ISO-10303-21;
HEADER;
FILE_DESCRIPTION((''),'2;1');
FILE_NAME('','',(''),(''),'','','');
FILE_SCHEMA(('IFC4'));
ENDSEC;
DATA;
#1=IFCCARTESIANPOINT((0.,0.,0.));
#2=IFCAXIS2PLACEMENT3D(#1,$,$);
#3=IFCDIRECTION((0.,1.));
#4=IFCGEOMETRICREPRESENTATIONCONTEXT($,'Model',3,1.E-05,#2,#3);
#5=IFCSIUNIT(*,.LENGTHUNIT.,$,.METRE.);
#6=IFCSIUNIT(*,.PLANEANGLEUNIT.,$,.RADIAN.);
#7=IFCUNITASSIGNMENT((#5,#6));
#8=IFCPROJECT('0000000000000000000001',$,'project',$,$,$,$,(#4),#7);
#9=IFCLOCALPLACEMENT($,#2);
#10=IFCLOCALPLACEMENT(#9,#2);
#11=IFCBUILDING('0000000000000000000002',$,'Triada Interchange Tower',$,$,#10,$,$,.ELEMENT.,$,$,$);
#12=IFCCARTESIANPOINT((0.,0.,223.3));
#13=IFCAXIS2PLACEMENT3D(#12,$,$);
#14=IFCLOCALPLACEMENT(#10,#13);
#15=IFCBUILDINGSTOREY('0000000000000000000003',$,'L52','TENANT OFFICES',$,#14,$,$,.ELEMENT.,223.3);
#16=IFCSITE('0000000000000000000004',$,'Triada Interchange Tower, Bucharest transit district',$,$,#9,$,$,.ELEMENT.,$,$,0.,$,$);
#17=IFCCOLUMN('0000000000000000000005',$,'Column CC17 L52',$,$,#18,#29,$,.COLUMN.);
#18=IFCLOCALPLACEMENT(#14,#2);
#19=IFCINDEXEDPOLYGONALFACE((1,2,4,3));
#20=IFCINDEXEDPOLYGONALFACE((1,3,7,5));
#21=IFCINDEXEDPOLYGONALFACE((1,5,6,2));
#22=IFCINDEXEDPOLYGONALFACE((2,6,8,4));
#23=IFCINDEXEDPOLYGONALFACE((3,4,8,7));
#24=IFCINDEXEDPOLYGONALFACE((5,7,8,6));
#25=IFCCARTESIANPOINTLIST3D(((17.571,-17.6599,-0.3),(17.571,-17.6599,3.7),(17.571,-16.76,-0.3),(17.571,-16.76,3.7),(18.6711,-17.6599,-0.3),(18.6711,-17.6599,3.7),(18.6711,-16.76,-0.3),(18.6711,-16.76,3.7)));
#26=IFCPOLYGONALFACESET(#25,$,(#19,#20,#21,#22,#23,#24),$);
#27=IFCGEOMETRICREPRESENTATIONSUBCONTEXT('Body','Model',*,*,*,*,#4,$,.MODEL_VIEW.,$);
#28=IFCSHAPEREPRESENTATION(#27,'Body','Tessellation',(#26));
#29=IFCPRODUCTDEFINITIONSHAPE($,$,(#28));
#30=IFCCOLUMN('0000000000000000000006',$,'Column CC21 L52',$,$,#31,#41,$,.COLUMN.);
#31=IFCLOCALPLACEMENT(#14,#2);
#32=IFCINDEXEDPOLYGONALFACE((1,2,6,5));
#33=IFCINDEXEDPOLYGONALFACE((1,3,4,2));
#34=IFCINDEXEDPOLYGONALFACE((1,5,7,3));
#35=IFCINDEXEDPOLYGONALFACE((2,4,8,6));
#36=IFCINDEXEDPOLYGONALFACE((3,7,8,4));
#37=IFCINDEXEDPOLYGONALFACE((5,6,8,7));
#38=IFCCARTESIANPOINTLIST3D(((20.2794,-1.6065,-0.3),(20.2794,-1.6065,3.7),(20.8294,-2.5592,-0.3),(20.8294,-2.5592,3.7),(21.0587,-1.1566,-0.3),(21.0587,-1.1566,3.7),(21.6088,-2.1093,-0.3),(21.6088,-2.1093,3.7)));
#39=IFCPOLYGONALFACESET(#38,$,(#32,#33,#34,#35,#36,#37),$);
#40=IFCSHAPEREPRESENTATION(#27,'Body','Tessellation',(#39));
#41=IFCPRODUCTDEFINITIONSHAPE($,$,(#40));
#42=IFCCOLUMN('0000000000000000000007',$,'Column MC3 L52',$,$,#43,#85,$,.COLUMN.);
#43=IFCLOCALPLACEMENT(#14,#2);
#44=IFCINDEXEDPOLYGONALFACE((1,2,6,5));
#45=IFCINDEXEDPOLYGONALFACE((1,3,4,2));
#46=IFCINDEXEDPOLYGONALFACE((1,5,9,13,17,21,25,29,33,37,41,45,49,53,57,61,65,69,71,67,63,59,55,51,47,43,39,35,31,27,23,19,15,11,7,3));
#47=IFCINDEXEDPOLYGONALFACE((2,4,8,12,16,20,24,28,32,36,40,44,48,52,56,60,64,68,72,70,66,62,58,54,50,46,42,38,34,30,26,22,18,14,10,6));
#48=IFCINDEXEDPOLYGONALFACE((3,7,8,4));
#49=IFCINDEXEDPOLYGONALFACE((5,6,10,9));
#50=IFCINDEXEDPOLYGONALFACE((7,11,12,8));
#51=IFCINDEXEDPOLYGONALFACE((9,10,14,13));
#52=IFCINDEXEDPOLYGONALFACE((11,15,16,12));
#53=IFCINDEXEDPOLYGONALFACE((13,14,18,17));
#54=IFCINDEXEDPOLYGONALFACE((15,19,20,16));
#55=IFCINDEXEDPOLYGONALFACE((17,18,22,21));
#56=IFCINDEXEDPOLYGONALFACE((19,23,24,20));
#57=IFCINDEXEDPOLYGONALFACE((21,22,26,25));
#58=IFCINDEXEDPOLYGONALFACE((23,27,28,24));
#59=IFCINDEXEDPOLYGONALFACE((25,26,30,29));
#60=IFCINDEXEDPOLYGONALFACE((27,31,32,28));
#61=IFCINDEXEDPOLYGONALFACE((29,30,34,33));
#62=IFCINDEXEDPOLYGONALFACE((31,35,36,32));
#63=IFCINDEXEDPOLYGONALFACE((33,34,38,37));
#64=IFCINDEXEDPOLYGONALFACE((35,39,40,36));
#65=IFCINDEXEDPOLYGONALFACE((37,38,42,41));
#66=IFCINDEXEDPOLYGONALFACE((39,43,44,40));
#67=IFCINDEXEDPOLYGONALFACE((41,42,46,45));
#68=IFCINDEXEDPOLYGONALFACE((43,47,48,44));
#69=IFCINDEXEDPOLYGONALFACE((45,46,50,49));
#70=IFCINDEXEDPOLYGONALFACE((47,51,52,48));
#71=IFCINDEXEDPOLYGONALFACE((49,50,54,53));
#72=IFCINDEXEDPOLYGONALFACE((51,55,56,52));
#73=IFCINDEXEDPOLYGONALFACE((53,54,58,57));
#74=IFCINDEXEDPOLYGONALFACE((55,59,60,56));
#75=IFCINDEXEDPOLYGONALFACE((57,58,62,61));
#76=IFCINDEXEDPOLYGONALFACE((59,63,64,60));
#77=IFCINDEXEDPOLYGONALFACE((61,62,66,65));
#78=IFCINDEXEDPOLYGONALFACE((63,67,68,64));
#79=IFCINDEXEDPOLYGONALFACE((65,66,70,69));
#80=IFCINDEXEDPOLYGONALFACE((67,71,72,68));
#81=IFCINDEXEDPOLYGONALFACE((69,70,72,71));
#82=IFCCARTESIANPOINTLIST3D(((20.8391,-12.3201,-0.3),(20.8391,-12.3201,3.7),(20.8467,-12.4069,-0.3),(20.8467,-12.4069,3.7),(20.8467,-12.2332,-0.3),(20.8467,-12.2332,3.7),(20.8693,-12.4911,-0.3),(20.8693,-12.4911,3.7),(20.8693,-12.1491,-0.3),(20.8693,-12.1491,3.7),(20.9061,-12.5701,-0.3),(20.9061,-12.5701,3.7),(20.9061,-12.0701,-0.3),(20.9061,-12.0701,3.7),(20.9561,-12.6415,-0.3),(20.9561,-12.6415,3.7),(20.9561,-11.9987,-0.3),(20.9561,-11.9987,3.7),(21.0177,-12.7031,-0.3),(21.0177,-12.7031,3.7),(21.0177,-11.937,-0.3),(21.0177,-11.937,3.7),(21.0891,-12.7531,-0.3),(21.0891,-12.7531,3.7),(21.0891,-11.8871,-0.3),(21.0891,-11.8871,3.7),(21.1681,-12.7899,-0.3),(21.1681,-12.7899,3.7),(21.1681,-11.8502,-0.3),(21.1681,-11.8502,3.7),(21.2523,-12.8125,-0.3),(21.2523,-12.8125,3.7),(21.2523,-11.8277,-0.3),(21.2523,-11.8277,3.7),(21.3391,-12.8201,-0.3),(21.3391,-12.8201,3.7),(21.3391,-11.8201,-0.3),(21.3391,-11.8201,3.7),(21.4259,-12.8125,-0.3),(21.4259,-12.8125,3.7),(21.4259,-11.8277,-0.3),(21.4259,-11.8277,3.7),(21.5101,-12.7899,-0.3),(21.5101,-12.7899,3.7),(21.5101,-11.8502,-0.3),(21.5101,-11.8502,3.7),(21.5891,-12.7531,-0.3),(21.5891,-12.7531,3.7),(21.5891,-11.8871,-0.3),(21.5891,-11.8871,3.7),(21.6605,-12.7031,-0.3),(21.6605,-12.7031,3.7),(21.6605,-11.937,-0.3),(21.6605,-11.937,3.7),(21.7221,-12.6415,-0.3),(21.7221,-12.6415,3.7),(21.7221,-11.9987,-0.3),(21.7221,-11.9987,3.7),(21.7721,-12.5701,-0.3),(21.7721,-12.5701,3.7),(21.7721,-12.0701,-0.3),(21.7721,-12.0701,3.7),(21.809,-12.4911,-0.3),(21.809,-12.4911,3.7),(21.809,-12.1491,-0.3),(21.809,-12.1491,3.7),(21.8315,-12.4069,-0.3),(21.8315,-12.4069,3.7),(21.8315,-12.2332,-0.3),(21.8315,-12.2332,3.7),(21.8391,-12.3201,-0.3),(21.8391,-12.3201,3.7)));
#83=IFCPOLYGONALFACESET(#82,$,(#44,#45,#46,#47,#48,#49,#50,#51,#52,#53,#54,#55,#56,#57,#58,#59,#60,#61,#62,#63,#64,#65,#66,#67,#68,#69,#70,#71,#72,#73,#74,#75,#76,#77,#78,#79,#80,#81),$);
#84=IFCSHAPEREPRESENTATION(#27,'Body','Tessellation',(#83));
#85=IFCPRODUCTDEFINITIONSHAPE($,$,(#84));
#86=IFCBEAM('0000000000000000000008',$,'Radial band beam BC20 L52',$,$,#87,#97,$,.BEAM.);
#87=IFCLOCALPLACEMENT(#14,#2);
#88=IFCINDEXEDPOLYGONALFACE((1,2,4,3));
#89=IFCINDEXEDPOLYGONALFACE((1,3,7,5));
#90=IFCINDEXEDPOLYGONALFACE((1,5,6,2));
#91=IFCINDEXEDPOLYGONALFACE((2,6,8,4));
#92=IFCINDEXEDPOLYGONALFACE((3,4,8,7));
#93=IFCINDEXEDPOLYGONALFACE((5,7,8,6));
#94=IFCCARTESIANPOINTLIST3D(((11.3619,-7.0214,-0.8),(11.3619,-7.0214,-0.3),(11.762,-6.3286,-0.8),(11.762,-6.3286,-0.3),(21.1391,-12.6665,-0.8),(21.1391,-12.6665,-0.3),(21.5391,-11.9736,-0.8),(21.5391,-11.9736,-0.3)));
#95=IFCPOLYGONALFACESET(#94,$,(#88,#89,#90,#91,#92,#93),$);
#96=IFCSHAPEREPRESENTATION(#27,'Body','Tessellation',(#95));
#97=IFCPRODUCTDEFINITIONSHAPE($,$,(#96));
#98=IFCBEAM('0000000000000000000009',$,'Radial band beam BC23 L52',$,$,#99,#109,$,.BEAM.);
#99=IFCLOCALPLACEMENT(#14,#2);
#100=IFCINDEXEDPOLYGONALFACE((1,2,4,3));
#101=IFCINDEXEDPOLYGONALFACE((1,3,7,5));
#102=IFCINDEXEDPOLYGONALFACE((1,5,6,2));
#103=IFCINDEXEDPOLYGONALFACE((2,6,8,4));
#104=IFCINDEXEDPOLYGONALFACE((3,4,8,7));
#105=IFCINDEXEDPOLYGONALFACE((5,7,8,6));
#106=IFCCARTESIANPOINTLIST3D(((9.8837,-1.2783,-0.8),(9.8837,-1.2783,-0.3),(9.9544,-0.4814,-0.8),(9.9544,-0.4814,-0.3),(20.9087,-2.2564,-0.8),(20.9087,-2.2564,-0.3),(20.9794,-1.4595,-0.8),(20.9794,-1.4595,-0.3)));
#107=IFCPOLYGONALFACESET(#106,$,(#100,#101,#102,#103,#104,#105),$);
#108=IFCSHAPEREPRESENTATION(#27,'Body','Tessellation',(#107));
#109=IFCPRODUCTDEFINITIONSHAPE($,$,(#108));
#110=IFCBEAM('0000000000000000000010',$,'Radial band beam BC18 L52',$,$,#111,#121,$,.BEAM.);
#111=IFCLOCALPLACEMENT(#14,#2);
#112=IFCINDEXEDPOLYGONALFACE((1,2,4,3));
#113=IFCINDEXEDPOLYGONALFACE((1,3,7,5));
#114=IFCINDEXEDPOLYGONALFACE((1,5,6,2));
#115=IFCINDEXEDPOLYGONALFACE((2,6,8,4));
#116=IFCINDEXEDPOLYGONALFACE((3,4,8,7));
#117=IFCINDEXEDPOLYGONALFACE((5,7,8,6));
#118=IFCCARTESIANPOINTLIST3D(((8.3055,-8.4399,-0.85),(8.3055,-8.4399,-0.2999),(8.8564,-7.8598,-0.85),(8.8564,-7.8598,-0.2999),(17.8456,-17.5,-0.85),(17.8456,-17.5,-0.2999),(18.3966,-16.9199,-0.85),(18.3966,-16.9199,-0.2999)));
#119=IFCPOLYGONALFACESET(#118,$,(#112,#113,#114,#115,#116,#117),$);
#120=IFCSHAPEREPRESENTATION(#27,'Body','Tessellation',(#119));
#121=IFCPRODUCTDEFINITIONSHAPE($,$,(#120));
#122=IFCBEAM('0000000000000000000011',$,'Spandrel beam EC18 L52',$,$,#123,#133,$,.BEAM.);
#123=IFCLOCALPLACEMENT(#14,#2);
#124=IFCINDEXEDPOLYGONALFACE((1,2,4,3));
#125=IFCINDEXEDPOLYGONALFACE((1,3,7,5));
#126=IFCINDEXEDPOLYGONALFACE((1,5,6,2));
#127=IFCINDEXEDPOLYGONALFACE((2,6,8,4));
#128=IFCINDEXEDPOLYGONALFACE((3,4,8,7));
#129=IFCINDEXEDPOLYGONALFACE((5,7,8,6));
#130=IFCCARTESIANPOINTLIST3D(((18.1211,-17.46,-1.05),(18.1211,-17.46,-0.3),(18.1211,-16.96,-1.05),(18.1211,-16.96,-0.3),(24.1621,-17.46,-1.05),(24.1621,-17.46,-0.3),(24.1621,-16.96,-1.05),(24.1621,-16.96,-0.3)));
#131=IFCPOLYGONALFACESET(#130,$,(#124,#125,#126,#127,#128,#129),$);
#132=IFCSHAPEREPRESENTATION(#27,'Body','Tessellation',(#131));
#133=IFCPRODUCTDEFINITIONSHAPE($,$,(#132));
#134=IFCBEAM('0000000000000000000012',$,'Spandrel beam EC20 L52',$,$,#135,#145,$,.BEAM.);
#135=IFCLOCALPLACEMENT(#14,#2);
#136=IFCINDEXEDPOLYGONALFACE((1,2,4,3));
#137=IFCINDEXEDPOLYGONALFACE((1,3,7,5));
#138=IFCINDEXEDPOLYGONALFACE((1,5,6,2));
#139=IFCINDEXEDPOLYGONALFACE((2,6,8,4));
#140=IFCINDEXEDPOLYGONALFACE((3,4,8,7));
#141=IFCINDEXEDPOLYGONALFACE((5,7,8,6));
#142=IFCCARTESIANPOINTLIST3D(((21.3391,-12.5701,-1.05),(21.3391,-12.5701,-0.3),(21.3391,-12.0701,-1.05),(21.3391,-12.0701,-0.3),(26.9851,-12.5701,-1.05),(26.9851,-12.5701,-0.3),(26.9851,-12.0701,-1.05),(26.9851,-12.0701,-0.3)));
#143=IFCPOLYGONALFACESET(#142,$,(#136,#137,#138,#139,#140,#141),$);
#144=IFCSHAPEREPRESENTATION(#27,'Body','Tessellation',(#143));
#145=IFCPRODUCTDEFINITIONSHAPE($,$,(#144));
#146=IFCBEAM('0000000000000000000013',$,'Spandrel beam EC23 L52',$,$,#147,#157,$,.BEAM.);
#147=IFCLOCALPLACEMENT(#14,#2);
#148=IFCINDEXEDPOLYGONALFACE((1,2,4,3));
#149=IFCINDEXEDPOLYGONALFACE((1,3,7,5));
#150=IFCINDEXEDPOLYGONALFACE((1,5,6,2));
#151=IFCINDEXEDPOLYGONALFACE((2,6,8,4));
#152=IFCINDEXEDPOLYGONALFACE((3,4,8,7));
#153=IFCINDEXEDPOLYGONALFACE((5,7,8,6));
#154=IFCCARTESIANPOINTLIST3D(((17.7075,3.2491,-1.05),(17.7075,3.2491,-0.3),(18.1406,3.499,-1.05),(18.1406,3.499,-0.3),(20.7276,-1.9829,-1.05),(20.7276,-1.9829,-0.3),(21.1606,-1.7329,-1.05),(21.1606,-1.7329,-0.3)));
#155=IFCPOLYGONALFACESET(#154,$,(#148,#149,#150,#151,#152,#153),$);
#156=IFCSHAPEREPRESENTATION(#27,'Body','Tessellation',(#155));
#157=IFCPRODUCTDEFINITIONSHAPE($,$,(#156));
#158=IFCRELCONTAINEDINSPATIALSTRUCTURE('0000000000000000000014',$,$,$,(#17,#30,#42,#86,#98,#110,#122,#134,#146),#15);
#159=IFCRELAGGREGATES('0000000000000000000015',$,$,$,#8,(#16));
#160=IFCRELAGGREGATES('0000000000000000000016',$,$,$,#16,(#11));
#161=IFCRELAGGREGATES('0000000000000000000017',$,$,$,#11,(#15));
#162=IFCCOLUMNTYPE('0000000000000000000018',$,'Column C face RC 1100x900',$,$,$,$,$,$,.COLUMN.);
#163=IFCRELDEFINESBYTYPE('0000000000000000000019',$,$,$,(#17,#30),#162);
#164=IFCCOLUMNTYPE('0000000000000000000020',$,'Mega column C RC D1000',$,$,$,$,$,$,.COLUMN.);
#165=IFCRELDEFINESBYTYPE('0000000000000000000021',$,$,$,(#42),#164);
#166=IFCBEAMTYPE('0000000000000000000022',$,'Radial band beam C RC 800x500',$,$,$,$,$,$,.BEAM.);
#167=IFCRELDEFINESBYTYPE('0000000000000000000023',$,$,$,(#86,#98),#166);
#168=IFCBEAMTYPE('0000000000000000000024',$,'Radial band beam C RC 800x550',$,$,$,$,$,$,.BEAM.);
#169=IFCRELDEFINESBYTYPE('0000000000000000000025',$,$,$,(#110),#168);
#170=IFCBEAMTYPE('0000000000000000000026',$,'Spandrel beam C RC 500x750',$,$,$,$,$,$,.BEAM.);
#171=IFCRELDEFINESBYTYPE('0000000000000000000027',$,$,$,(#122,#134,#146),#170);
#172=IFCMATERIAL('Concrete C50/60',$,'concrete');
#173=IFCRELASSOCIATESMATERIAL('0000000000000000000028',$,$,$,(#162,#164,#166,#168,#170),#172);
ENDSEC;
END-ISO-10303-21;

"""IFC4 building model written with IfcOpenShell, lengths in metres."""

from ifc_helpers import new_model, si_unit, direction, frame, origin, origin_2d, place, context, subcontext, project, spatial, rectangle, circle, extrude, material, material_profile, profile_set, type_object, element, save


model = new_model("IFC4")

# Units and contexts
model_context = context("Model", 3, precision=1e-05, world=origin(), true_north=direction((0.0, 1.0)))
body_context = subcontext(model_context, "Body", "Model", "MODEL_VIEW")
ifc_project = project(units=[si_unit("LENGTHUNIT", "METRE"), si_unit("PLANEANGLEUNIT", "RADIAN")], contexts=[model_context])

# Site, building, storey
site_placement = place(None, origin())
site = spatial("IfcSite", under=ifc_project, at=site_placement, Name="Triada Interchange Tower, Bucharest transit district", CompositionType="ELEMENT", RefElevation=0.0)
building_placement = place(site_placement, origin())
building = spatial("IfcBuilding", under=site, at=building_placement, Name="Triada Interchange Tower", CompositionType="ELEMENT")
storey_placement = place(building_placement, frame((0.0, 0.0, 223.3)))
storey = spatial("IfcBuildingStorey", under=building, at=storey_placement, Name="L52", Description="TENANT OFFICES", CompositionType="ELEMENT", Elevation=223.3)

# Columns
ifc_material_1 = material(Name="Concrete C50/60", Category="concrete")
ifc_material_profile_1 = material_profile(ifc_material_1, rectangle(XDim=1.1001, YDim=0.8999, at=origin_2d()), Name="RC 1100x900")
ifc_profile_set_1 = profile_set([ifc_material_profile_1], Name="Concrete C50/60")
column_type_1 = type_object("IfcColumnType", Name="Column C face RC 1100x900", PredefinedType="COLUMN", material=ifc_profile_set_1)
for number, where, z_axis, x_axis, name in (
    (1, (18.1211, -17.21, -0.3), (0.0, 0.0, 1.0), (1.0, 0.0, 0.0), "Column CC17 L52"),
    (2, (20.9441, -1.8579, -0.3), (0.0, 0.0, 1.0), (-0.5, 0.866025, 0.0), "Column CC21 L52"),
):
    element("IfcColumn", number, at=place(storey_placement, frame(where, z_axis=z_axis, x_axis=x_axis)), inside=storey, type_object=column_type_1, Name=name, PredefinedType="COLUMN", context=body_context, shape_type="SweptSolid", body=[
        extrude(rectangle(XDim=1.1001, YDim=0.8999, at=origin_2d()), origin(), (0.0, 0.0, 1.0), 4.0),
    ])
ifc_material_profile_2 = material_profile(ifc_material_1, circle(Radius=0.5, at=origin_2d()), Name="RC D1000")
ifc_profile_set_2 = profile_set([ifc_material_profile_2], Name="Concrete C50/60")
column_type_2 = type_object("IfcColumnType", Name="Mega column C RC D1000", PredefinedType="COLUMN", material=ifc_profile_set_2)
column_placement = place(storey_placement, frame((21.3391, -12.3201, -0.3), z_axis=(0.0, 0.0, 1.0), x_axis=(1.0, 0.0, 0.0)))
element("IfcColumn", 3, at=column_placement, inside=storey, type_object=column_type_2, Name="Column MC3 L52", PredefinedType="COLUMN", context=body_context, shape_type="SweptSolid", body=[
    extrude(circle(Radius=0.5, at=origin_2d()), origin(), (0.0, 0.0, 1.0), 4.0),
])

# Beams
ifc_material_profile_3 = material_profile(ifc_material_1, rectangle(XDim=0.8, YDim=0.5, at=origin_2d()), Name="RC 800x500")
ifc_profile_set_3 = profile_set([ifc_material_profile_3], Name="Concrete C50/60")
beam_type_1 = type_object("IfcBeamType", Name="Radial band beam C RC 800x500", PredefinedType="BEAM", material=ifc_profile_set_3)
beam_1_placement = place(storey_placement, frame((21.3391, -12.3201, -0.55), z_axis=(-0.866017, 0.500014, 0.0), x_axis=(-0.500014, -0.866017, 0.0)))
element("IfcBeam", 4, at=beam_1_placement, inside=storey, type_object=beam_type_1, Name="Radial band beam BC20 L52", PredefinedType="BEAM", context=body_context, shape_type="SweptSolid", body=[
    extrude(rectangle(XDim=0.8, YDim=0.5, at=origin_2d()), origin(), (0.0, 0.0, 1.0), 11.2898),
])
beam_2_placement = place(storey_placement, frame((20.9441, -1.8579, -0.55), z_axis=(-0.996088, 0.088362, 0.0), x_axis=(-0.088362, -0.996088, 0.0)))
element("IfcBeam", 5, at=beam_2_placement, inside=storey, type_object=beam_type_1, Name="Radial band beam BC23 L52", PredefinedType="BEAM", context=body_context, shape_type="SweptSolid", body=[
    extrude(rectangle(XDim=0.8, YDim=0.5, at=origin_2d()), origin(), (0.0, 0.0, 1.0), 11.0684),
])
ifc_material_profile_4 = material_profile(ifc_material_1, rectangle(XDim=0.8, YDim=0.55, at=origin_2d()), Name="RC 800x550")
ifc_profile_set_4 = profile_set([ifc_material_profile_4], Name="Concrete C50/60")
beam_type_2 = type_object("IfcBeamType", Name="Radial band beam C RC 800x550", PredefinedType="BEAM", material=ifc_profile_set_4)
beam_3_placement = place(storey_placement, frame((18.1211, -17.21, -0.575), z_axis=(-0.725112, 0.68863, 0.0), x_axis=(-0.68863, -0.725112, 0.0)))
element("IfcBeam", 6, at=beam_3_placement, inside=storey, type_object=beam_type_2, Name="Radial band beam BC18 L52", PredefinedType="BEAM", context=body_context, shape_type="SweptSolid", body=[
    extrude(rectangle(XDim=0.8, YDim=0.55, at=origin_2d()), origin(), (0.0, 0.0, 1.0), 13.1567),
])
ifc_material_profile_5 = material_profile(ifc_material_1, rectangle(XDim=0.5, YDim=0.75, at=origin_2d()), Name="RC 500x750")
ifc_profile_set_5 = profile_set([ifc_material_profile_5], Name="Concrete C50/60")
beam_type_3 = type_object("IfcBeamType", Name="Spandrel beam C RC 500x750", PredefinedType="BEAM", material=ifc_profile_set_5)
beam_4_placement = place(storey_placement, frame((18.1211, -17.21, -0.675), z_axis=(1.0, 0.0, 0.0), x_axis=(0.0, 1.0, 0.0)))
element("IfcBeam", 7, at=beam_4_placement, inside=storey, type_object=beam_type_3, Name="Spandrel beam EC18 L52", PredefinedType="BEAM", context=body_context, shape_type="SweptSolid", body=[
    extrude(rectangle(XDim=0.5, YDim=0.75, at=origin_2d()), origin(), (0.0, 0.0, 1.0), 6.041),
])
beam_5_placement = place(storey_placement, frame((21.3391, -12.3201, -0.675), z_axis=(1.0, 0.0, 0.0), x_axis=(0.0, 1.0, 0.0)))
element("IfcBeam", 8, at=beam_5_placement, inside=storey, type_object=beam_type_3, Name="Spandrel beam EC20 L52", PredefinedType="BEAM", context=body_context, shape_type="SweptSolid", body=[
    extrude(rectangle(XDim=0.5, YDim=0.75, at=origin_2d()), origin(), (0.0, 0.0, 1.0), 5.646),
])
beam_6_placement = place(storey_placement, frame((20.9441, -1.8579, -0.675), z_axis=(-0.499921, 0.866071, 0.0), x_axis=(-0.866071, -0.499921, 0.0)))
element("IfcBeam", 9, at=beam_6_placement, inside=storey, type_object=beam_type_3, Name="Spandrel beam EC23 L52", PredefinedType="BEAM", context=body_context, shape_type="SweptSolid", body=[
    extrude(rectangle(XDim=0.5, YDim=0.75, at=origin_2d()), origin(), (0.0, 0.0, 1.0), 6.041),
])

save(model, "model.ifc")
